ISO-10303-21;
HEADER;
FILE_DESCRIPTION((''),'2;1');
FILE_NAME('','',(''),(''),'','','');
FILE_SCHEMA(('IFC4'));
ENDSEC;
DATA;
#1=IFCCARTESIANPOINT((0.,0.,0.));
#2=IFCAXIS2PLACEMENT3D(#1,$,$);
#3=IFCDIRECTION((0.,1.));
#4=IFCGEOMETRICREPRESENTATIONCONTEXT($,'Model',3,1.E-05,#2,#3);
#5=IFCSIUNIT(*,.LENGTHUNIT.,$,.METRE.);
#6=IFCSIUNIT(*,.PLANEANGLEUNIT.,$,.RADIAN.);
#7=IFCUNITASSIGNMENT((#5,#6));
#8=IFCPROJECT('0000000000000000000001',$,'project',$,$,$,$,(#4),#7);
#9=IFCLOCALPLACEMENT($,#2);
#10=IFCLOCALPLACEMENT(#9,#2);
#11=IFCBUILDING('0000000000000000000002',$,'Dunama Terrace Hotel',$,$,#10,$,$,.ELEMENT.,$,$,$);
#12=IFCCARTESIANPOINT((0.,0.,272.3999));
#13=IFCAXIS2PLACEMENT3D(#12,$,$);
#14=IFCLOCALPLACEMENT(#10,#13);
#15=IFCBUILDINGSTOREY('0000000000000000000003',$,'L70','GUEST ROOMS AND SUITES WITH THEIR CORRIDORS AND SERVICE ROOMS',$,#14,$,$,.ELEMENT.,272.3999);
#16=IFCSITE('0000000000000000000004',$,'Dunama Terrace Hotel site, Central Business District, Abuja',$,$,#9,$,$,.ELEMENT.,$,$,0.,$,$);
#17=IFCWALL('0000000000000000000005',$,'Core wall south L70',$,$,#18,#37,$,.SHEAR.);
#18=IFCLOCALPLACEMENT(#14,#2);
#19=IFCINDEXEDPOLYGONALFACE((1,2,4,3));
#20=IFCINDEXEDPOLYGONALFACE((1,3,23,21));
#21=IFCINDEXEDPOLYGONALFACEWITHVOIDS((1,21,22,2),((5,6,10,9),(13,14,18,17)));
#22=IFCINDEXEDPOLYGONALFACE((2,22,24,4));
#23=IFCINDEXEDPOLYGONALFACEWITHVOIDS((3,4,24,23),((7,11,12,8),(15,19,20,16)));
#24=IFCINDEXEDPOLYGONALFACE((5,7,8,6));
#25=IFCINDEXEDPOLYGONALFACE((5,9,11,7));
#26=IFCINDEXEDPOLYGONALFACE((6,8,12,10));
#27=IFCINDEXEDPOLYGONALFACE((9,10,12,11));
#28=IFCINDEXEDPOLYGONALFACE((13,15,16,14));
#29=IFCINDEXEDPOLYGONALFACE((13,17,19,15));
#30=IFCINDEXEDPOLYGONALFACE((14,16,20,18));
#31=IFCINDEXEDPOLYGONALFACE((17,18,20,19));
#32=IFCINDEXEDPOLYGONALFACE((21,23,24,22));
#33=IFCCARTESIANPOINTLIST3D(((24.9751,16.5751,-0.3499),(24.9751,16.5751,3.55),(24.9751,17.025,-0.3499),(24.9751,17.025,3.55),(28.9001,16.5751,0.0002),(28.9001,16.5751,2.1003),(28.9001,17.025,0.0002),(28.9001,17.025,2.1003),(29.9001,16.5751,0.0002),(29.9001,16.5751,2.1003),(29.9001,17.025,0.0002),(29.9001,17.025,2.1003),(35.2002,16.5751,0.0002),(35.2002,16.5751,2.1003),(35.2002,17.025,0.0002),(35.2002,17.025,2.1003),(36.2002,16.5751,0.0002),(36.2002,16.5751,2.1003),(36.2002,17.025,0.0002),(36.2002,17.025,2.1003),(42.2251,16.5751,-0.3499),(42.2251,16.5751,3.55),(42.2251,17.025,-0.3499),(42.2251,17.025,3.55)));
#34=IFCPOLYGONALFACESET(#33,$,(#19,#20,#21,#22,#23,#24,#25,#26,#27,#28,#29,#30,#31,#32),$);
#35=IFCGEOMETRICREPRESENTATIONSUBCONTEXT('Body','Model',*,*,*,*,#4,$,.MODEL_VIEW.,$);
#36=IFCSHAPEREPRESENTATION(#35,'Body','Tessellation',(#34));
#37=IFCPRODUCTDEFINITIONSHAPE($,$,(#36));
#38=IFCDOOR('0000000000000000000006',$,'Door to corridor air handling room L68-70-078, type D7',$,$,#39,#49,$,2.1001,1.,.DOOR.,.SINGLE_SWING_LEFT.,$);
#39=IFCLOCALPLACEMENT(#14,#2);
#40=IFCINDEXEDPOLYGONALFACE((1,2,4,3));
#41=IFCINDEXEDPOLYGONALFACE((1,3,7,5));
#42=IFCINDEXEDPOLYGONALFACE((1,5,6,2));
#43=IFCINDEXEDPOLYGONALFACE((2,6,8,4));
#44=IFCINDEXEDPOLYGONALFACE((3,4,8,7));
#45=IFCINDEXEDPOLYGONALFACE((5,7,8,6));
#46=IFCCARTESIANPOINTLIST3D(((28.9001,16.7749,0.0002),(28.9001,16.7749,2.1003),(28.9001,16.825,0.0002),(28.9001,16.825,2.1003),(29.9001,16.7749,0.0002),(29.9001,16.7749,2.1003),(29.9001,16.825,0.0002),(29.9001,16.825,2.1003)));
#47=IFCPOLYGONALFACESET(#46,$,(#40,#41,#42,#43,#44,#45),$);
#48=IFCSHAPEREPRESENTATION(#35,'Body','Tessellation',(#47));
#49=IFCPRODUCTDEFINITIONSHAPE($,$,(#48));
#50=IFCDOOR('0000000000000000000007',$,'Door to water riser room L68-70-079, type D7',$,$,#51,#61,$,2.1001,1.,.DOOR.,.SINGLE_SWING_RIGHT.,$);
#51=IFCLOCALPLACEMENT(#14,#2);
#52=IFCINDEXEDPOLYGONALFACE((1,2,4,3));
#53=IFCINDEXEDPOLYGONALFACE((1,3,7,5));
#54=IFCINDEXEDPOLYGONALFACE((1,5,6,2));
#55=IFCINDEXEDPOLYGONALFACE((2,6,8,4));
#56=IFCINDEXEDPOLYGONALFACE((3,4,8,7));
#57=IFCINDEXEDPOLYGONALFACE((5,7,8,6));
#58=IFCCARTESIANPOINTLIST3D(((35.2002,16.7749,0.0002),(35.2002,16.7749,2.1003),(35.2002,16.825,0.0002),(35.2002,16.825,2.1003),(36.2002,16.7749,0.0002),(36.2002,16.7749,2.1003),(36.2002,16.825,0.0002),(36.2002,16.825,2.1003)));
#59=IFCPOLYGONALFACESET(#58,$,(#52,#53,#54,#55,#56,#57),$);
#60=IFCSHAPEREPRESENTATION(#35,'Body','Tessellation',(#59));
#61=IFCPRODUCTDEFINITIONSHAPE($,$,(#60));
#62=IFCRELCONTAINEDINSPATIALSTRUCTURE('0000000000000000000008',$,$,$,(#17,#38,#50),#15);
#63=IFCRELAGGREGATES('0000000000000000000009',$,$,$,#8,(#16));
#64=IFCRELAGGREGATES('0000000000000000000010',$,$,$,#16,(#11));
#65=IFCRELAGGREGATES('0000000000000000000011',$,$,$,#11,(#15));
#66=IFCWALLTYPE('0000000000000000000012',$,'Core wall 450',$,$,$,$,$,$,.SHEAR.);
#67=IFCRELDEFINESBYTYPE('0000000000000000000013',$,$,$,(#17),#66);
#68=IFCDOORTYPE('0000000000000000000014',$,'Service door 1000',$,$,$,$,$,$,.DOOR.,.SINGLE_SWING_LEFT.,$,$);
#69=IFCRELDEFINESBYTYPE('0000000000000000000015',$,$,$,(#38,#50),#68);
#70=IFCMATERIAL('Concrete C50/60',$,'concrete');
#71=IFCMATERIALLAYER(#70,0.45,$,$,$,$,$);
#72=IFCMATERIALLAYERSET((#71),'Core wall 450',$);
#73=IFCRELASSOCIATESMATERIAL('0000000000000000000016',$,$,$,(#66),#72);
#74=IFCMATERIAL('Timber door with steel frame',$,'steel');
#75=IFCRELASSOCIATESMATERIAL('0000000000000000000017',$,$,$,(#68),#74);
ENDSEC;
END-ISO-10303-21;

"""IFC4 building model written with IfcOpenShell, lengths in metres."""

from ifc_helpers import new_model, si_unit, direction, frame, frame_2d, origin, place, context, subcontext, project, spatial, rectangle, extrude, material, layer, layer_set, type_object, element, fill, save


model = new_model("IFC4")

# Units and contexts
model_context = context("Model", 3, precision=1e-05, world=origin(), true_north=direction((0.0, 1.0)))
body_context = subcontext(model_context, "Body", "Model", "MODEL_VIEW")
ifc_project = project(units=[si_unit("LENGTHUNIT", "METRE"), si_unit("PLANEANGLEUNIT", "RADIAN")], contexts=[model_context])

# Site, building, storey
site_placement = place(None, origin())
site = spatial("IfcSite", under=ifc_project, at=site_placement, Name="Dunama Terrace Hotel site, Central Business District, Abuja", CompositionType="ELEMENT", RefElevation=0.0)
building_placement = place(site_placement, origin())
building = spatial("IfcBuilding", under=site, at=building_placement, Name="Dunama Terrace Hotel", CompositionType="ELEMENT")
storey_placement = place(building_placement, frame((0.0, 0.0, 272.3999)))
storey = spatial("IfcBuildingStorey", under=building, at=storey_placement, Name="L70", Description="GUEST ROOMS AND SUITES WITH THEIR CORRIDORS AND SERVICE ROOMS", CompositionType="ELEMENT", Elevation=272.3999)

# Wall, openings, doors
ifc_material_1 = material(Name="Concrete C50/60", Category="concrete")
ifc_layer_1 = layer(ifc_material_1, 0.45)
ifc_layer_set_1 = layer_set([ifc_layer_1], Name="Core wall 450")
wall_type_1 = type_object("IfcWallType", Name="Core wall 450", PredefinedType="SHEAR", material=ifc_layer_set_1)
wall_1_placement = place(storey_placement, frame((24.9751, 16.8, -0.3499), z_axis=(0.0, 0.0, 1.0), x_axis=(1.0, 0.0, 0.0)))
wall_1 = element("IfcWall", 1, at=wall_1_placement, inside=storey, type_object=wall_type_1, Name="Core wall south L70", PredefinedType="SHEAR", context=body_context, shape_type="SweptSolid", body=[
    extrude(rectangle(XDim=17.25, YDim=0.45, at=frame_2d((8.625, 0.0))), origin(), (0.0, 0.0, 1.0), 3.8999),
])
opening_1_placement = place(wall_1_placement, frame((3.925, 0.0, 0.3501)))
opening_1 = element("IfcOpeningElement", 2, at=opening_1_placement, cuts=wall_1, PredefinedType="OPENING", context=body_context, shape_type="SweptSolid", body=[
    extrude(rectangle(XDim=1.0, YDim=2.1001, at=frame_2d((0.5, 1.05))), frame((0.0, 0.2349, 0.0), z_axis=(0.0, -1.0, 0.0), x_axis=(1.0, 0.0, 0.0)), (0.0, 0.0, 1.0), 0.47),
])
opening_2_placement = place(wall_1_placement, frame((10.2251, 0.0, 0.3501)))
opening_2 = element("IfcOpeningElement", 3, at=opening_2_placement, cuts=wall_1, PredefinedType="OPENING", context=body_context, shape_type="SweptSolid", body=[
    extrude(rectangle(XDim=1.0, YDim=2.1001, at=frame_2d((0.5, 1.05))), frame((0.0, 0.2349, 0.0), z_axis=(0.0, -1.0, 0.0), x_axis=(1.0, 0.0, 0.0)), (0.0, 0.0, 1.0), 0.47),
])
ifc_material_2 = material(Name="Timber door with steel frame", Category="steel")
door_type_1 = type_object("IfcDoorType", Name="Service door 1000", OperationType="SINGLE_SWING_LEFT", PredefinedType="DOOR", material=ifc_material_2)
door_1_placement = place(opening_1_placement, origin())
door_1 = element("IfcDoor", 4, at=door_1_placement, inside=storey, type_object=door_type_1, Name="Door to corridor air handling room L68-70-078, type D7", OperationType="SINGLE_SWING_LEFT", OverallHeight=2.1001, OverallWidth=1.0, PredefinedType="DOOR", context=body_context, shape_type="SweptSolid", body=[
    extrude(rectangle(XDim=1.0, YDim=2.1001, at=frame_2d((0.5, 1.05))), frame((0.0, 0.0249, 0.0), z_axis=(0.0, -1.0, 0.0), x_axis=(1.0, 0.0, 0.0)), (0.0, 0.0, 1.0), 0.05),
])
fill(opening_1, door_1)
door_2_placement = place(opening_2_placement, origin())
door_2 = element("IfcDoor", 5, at=door_2_placement, inside=storey, type_object=door_type_1, Name="Door to water riser room L68-70-079, type D7", OperationType="SINGLE_SWING_RIGHT", OverallHeight=2.1001, OverallWidth=1.0, PredefinedType="DOOR", context=body_context, shape_type="SweptSolid", body=[
    extrude(rectangle(XDim=1.0, YDim=2.1001, at=frame_2d((0.5, 1.05))), frame((0.0, 0.0249, 0.0), z_axis=(0.0, -1.0, 0.0), x_axis=(1.0, 0.0, 0.0)), (0.0, 0.0, 1.0), 0.05),
])
fill(opening_2, door_2)

save(model, "model.ifc")
